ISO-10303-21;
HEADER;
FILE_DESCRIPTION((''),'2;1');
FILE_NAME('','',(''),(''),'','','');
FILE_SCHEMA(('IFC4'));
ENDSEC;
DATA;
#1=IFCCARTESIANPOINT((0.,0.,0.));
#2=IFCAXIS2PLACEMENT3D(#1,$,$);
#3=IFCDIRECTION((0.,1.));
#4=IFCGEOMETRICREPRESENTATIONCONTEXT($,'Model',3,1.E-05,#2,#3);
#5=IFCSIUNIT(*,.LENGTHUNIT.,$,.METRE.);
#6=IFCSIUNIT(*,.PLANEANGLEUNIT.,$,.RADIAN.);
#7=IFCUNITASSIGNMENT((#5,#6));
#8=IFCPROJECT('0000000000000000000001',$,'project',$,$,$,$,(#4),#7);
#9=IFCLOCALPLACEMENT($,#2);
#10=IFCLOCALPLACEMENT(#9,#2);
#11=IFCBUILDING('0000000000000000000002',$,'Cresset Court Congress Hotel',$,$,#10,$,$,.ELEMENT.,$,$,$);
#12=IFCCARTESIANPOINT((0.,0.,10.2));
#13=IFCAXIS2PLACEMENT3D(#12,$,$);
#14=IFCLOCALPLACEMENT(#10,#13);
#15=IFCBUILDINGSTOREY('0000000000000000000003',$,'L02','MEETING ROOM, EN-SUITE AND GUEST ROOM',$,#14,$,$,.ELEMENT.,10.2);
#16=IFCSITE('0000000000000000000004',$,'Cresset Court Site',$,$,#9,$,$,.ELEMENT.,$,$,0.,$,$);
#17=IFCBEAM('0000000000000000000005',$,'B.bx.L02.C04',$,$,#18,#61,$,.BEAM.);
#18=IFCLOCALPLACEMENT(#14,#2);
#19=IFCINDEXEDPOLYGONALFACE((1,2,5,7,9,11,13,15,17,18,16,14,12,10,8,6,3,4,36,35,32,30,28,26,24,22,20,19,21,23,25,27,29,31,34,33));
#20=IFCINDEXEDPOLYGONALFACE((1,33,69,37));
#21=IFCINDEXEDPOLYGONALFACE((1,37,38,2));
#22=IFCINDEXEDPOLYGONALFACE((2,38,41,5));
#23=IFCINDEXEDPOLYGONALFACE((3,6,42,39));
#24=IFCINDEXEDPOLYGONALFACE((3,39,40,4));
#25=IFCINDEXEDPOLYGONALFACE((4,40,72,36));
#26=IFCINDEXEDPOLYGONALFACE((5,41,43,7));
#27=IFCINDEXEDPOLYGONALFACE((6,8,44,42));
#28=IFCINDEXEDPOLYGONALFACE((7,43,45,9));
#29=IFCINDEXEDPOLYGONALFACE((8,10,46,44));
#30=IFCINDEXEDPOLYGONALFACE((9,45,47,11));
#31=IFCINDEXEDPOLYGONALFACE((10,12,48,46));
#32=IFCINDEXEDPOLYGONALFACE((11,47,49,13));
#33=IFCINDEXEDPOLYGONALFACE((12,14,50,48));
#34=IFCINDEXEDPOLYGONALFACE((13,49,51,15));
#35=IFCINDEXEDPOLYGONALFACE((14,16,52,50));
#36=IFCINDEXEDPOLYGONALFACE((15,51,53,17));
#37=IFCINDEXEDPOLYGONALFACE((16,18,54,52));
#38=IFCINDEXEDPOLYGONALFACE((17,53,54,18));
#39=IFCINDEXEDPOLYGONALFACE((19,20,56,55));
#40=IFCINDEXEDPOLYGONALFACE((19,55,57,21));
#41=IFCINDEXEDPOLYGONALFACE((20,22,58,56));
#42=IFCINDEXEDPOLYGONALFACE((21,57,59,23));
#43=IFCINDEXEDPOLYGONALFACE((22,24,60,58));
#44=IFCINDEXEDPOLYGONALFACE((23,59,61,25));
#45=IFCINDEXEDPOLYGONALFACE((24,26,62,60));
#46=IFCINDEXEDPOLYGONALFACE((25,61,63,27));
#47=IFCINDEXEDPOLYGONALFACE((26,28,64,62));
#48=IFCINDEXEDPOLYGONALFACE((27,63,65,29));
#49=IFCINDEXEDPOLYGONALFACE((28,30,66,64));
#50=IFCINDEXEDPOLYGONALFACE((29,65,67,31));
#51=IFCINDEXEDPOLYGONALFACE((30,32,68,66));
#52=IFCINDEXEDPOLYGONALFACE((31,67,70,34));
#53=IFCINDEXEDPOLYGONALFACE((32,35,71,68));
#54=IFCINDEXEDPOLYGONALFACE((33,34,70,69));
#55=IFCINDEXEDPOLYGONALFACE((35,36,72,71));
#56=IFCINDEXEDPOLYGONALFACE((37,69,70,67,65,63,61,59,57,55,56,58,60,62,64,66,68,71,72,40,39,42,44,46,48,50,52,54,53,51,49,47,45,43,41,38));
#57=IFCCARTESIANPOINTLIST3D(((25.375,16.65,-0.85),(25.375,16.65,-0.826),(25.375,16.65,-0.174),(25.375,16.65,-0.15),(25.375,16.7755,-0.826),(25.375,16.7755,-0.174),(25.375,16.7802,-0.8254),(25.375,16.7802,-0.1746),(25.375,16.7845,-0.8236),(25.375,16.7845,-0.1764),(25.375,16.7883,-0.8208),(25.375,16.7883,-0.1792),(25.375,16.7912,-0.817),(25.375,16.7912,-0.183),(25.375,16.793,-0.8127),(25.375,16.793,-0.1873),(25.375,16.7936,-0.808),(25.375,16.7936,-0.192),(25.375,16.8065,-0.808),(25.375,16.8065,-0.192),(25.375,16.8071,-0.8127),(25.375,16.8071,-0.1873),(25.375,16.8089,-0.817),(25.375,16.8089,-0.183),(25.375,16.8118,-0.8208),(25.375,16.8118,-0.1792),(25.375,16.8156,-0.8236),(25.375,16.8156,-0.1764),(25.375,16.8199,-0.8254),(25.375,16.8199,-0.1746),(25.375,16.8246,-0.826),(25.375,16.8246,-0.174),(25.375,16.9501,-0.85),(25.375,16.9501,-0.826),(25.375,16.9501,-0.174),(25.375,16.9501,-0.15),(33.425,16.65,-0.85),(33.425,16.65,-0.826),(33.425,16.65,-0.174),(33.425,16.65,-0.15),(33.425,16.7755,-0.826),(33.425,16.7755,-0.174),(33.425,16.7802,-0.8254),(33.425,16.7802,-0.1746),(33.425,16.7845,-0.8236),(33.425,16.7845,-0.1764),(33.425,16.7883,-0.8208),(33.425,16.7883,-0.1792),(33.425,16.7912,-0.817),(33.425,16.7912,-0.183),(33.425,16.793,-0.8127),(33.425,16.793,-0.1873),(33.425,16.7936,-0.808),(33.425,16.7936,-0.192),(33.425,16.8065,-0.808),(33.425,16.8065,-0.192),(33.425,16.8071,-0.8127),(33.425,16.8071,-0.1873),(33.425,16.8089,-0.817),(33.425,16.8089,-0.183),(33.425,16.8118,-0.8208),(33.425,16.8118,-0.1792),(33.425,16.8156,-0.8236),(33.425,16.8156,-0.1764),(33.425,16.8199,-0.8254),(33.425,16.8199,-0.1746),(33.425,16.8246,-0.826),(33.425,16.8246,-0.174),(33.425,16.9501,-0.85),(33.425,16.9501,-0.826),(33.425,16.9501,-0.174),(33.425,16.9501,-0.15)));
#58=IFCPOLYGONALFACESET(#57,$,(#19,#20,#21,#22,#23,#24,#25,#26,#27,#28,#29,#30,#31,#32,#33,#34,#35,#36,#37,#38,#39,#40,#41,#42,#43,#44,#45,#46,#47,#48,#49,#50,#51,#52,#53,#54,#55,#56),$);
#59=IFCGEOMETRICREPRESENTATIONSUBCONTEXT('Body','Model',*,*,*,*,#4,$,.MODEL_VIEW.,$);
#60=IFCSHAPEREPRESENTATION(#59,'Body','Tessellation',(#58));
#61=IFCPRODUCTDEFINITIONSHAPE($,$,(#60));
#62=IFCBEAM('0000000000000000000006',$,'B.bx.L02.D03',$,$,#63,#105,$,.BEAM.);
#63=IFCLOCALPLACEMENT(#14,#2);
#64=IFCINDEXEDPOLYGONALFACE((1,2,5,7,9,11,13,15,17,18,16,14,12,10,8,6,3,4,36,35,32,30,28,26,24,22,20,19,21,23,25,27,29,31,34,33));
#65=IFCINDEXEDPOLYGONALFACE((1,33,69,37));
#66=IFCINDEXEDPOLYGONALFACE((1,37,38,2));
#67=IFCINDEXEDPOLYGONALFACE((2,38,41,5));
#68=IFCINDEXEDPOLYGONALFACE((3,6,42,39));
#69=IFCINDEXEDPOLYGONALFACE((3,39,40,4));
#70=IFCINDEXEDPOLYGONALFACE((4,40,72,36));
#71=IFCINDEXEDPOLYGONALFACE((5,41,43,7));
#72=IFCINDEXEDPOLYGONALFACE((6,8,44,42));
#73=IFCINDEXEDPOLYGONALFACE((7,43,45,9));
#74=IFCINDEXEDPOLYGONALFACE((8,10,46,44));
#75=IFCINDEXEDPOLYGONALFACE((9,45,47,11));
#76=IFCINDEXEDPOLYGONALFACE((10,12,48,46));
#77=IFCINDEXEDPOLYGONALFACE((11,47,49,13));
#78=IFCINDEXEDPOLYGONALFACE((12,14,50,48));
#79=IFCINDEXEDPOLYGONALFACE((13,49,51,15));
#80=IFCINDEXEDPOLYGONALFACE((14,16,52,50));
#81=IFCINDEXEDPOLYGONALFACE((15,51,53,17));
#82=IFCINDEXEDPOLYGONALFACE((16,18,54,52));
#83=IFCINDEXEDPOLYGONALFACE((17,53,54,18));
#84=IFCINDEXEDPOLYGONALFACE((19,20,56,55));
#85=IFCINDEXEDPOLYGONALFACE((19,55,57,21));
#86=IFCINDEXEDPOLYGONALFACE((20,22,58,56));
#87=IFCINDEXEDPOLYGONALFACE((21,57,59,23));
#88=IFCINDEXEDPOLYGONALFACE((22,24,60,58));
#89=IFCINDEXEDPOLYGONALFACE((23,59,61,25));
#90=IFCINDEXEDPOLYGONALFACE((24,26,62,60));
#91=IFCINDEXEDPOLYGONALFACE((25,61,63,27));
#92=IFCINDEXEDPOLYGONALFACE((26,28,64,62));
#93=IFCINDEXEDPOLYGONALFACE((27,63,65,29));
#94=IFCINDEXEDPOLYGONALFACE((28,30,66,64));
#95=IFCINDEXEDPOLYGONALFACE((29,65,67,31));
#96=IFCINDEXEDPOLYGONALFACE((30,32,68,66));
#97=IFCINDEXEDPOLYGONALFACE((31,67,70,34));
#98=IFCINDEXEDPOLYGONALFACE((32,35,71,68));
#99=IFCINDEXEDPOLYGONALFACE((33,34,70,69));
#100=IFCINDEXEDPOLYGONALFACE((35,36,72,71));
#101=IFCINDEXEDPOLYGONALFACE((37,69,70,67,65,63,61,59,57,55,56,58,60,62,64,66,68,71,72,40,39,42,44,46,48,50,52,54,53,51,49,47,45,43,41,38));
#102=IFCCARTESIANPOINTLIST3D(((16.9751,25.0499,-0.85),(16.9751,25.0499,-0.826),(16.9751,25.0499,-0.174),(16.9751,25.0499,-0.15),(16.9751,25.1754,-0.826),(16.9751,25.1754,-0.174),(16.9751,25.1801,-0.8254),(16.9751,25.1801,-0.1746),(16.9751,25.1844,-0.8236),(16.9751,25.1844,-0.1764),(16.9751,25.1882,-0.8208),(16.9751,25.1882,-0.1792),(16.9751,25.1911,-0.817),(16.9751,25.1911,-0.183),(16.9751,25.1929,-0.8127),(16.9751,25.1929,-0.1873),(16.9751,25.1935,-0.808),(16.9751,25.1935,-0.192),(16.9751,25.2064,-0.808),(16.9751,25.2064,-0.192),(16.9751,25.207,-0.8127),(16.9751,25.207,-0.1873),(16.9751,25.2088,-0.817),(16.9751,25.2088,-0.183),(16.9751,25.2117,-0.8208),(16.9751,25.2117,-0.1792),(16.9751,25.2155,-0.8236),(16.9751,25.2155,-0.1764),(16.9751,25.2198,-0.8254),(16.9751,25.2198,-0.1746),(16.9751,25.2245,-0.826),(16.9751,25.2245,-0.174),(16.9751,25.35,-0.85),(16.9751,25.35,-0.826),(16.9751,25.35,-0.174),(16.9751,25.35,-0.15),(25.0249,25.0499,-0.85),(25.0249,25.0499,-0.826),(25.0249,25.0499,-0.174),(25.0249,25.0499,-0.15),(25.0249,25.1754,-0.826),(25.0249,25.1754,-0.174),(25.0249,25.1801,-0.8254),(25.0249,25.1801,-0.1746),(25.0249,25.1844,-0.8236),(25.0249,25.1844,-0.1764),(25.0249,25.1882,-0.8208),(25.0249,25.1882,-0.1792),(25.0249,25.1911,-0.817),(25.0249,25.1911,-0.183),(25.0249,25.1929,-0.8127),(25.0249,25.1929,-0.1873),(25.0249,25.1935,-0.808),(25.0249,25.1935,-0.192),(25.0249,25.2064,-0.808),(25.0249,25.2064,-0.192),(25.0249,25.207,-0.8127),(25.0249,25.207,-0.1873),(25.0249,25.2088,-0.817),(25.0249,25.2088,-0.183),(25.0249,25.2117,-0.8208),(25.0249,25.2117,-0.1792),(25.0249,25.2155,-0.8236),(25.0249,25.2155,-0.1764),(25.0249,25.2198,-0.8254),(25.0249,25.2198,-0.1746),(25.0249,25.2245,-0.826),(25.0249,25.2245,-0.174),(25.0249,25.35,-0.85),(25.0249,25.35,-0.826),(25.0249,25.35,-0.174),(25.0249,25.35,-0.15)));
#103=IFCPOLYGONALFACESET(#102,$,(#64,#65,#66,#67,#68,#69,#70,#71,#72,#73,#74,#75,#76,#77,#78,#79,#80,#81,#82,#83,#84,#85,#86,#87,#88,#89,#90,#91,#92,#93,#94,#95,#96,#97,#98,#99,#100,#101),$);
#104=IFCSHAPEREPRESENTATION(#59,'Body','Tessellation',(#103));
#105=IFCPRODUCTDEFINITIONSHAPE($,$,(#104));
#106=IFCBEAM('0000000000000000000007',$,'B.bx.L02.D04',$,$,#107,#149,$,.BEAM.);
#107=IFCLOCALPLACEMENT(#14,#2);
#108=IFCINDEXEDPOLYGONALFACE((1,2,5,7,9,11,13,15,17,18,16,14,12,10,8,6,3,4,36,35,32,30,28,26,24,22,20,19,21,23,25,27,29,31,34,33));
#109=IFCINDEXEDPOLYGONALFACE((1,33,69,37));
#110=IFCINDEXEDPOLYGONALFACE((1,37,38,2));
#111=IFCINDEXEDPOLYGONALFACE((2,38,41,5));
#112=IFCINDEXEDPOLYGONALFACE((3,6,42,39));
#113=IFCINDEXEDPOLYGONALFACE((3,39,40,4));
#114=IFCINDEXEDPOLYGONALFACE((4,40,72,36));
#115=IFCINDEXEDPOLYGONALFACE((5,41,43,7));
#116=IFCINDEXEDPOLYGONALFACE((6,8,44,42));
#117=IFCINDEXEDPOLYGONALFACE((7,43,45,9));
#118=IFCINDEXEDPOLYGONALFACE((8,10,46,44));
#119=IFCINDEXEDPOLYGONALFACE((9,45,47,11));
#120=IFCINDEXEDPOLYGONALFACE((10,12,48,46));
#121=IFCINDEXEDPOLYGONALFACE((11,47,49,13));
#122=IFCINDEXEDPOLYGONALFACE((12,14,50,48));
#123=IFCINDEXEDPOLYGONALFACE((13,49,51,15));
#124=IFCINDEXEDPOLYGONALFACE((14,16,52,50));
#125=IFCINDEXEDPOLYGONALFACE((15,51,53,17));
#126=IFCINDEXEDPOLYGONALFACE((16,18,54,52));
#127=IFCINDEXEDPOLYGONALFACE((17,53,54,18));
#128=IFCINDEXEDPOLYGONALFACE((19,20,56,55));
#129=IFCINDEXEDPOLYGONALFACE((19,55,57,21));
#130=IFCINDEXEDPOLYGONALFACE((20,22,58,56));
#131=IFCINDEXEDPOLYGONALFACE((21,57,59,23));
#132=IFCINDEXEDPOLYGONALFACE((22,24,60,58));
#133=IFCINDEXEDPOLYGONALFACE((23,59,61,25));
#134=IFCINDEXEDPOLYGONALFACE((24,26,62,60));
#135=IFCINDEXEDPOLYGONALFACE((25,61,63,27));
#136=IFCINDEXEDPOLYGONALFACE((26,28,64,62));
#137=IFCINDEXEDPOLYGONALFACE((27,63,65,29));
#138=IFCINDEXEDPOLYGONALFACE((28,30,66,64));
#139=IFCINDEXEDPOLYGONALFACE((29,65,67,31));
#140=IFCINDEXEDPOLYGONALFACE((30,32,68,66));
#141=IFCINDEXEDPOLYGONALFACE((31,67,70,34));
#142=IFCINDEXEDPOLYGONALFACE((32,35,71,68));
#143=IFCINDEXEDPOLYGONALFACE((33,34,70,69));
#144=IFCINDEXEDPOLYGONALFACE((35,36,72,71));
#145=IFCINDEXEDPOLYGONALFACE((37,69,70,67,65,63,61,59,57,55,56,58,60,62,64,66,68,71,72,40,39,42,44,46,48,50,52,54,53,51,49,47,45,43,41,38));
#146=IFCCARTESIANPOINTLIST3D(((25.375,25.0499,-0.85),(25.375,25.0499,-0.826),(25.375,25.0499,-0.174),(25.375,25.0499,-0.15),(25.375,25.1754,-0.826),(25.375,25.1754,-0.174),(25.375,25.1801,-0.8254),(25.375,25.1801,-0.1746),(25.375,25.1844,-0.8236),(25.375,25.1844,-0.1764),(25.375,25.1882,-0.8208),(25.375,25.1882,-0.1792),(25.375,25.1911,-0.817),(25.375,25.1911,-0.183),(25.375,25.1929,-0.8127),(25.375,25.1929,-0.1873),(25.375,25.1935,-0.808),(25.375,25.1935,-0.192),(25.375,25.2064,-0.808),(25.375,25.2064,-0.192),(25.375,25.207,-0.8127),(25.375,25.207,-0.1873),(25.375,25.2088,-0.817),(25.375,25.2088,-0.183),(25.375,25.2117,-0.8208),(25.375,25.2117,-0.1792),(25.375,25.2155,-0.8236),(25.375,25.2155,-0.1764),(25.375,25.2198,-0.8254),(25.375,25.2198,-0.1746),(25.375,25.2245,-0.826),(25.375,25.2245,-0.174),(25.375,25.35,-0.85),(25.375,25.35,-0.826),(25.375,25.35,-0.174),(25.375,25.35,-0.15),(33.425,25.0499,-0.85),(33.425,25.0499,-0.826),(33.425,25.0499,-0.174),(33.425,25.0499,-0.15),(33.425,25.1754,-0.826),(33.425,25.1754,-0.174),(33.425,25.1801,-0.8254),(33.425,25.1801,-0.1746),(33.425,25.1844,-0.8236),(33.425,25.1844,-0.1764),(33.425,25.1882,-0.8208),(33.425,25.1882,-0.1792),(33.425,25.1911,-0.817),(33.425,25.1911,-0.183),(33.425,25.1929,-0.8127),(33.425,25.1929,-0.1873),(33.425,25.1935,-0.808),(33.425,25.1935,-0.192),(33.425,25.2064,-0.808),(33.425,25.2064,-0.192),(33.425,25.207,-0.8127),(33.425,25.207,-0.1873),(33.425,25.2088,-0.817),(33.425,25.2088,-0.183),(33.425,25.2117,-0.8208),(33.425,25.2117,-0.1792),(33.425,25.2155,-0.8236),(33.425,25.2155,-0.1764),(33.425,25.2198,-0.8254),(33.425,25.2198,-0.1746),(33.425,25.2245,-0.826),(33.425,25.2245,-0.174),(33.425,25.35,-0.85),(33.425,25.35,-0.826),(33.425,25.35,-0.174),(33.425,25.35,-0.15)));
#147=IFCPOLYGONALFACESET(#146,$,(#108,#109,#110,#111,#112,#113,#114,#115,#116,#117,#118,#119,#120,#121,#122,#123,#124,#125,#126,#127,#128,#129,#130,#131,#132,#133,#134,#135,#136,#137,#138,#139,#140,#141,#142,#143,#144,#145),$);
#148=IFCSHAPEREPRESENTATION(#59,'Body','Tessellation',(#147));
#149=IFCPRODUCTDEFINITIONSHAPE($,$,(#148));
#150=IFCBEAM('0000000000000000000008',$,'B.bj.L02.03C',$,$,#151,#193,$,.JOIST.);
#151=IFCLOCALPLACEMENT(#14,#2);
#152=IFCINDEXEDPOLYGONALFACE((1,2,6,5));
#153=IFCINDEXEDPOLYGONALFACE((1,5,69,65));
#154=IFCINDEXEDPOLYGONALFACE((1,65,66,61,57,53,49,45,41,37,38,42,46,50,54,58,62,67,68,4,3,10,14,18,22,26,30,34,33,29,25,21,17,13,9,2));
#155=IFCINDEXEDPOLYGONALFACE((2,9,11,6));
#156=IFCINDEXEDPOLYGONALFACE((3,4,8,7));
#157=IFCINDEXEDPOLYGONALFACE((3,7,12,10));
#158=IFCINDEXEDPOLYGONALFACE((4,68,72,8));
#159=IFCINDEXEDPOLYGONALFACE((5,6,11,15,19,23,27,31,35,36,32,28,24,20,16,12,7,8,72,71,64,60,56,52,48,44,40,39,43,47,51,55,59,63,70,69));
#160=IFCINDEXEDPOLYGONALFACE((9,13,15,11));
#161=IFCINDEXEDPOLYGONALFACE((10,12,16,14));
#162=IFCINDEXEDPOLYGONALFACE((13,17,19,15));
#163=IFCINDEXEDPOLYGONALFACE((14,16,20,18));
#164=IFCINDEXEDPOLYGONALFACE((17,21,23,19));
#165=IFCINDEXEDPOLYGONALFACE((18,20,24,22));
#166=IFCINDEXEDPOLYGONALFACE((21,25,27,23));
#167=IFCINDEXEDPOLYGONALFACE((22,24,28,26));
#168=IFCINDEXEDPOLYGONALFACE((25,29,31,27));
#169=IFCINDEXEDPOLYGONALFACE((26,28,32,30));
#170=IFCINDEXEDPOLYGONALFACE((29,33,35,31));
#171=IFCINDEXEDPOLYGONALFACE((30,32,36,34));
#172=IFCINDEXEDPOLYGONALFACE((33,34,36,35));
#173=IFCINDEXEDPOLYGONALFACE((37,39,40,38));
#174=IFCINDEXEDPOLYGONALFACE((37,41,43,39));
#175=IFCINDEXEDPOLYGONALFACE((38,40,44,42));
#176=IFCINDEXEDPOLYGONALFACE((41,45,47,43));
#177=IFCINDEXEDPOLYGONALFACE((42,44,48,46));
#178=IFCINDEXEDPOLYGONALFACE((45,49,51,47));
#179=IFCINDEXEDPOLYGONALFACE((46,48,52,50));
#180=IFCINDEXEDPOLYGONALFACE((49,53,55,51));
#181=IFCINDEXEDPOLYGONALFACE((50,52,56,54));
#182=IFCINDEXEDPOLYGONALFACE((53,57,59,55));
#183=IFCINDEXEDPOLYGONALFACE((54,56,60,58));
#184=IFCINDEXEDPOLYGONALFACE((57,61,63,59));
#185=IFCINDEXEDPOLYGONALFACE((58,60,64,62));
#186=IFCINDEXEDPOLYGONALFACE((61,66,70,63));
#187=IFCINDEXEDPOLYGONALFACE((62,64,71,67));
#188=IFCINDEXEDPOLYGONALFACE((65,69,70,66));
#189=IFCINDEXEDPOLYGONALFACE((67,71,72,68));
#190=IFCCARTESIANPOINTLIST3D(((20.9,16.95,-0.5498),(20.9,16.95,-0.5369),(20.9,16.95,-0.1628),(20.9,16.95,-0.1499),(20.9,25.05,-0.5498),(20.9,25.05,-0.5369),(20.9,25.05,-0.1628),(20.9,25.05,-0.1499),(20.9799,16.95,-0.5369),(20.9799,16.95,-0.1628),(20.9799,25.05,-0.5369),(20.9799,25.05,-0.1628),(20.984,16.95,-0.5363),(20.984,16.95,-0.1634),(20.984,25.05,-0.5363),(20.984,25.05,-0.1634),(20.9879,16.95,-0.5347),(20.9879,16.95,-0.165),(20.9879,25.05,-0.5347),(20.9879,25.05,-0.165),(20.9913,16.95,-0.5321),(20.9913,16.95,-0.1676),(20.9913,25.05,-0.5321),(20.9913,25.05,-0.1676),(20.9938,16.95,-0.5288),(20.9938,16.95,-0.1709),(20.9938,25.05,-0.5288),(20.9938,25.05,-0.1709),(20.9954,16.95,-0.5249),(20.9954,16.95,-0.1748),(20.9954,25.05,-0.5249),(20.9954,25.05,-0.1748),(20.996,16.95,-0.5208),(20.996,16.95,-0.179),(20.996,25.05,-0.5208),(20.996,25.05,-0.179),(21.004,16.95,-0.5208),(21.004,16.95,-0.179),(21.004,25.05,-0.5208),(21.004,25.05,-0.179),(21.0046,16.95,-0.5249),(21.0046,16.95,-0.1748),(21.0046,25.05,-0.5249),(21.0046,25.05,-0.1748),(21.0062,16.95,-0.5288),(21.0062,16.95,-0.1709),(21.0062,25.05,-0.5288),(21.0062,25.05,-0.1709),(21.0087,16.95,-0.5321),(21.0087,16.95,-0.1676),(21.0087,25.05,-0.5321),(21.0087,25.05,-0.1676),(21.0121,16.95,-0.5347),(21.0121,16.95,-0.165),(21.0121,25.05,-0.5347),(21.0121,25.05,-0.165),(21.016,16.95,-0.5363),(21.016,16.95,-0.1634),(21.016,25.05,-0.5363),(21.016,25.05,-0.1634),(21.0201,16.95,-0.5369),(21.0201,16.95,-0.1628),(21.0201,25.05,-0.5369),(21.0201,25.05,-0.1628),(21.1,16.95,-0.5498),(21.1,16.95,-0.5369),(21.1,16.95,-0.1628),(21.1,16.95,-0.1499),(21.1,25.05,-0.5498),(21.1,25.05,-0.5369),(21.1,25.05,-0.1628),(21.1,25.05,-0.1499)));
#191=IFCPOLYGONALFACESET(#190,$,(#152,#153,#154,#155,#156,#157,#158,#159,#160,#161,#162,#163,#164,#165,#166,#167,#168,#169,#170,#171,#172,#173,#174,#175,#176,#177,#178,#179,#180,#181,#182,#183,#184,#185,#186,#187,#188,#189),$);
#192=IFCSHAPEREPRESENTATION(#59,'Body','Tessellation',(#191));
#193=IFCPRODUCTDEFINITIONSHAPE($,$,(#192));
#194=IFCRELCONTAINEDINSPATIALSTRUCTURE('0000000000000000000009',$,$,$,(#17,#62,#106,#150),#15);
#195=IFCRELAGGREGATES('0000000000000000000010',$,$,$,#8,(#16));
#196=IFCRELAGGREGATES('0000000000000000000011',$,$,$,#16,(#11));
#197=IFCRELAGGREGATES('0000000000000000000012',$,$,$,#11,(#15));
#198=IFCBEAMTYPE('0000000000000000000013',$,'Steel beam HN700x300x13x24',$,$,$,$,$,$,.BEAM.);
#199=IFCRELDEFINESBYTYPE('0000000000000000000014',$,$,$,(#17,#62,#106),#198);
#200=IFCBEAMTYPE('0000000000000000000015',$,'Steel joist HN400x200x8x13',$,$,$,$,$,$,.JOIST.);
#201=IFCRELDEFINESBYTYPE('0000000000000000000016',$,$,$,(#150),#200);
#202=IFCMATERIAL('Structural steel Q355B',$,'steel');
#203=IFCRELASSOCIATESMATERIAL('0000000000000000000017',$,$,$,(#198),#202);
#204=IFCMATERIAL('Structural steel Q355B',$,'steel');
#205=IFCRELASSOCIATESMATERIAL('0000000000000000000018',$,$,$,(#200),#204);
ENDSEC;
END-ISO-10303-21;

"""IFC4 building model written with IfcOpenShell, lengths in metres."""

from ifc_helpers import new_model, si_unit, direction, frame, origin, origin_2d, place, context, subcontext, project, spatial, i_section, extrude, material, material_profile, profile_set, type_object, element, save


model = new_model("IFC4")

# Units and contexts
model_context = context("Model", 3, precision=1e-05, world=origin(), true_north=direction((0.0, 1.0)))
body_context = subcontext(model_context, "Body", "Model", "MODEL_VIEW")
ifc_project = project(units=[si_unit("LENGTHUNIT", "METRE"), si_unit("PLANEANGLEUNIT", "RADIAN")], contexts=[model_context])

# Site, building, storey
site_placement = place(None, origin())
site = spatial("IfcSite", under=ifc_project, at=site_placement, Name="Cresset Court Site", CompositionType="ELEMENT", RefElevation=0.0)
building_placement = place(site_placement, origin())
building = spatial("IfcBuilding", under=site, at=building_placement, Name="Cresset Court Congress Hotel", CompositionType="ELEMENT")
storey_placement = place(building_placement, frame((0.0, 0.0, 10.2)))
storey = spatial("IfcBuildingStorey", under=building, at=storey_placement, Name="L02", Description="MEETING ROOM, EN-SUITE AND GUEST ROOM", CompositionType="ELEMENT", Elevation=10.2)

# Beams
ifc_material_1 = material(Name="Structural steel Q355B", Category="steel")
ifc_material_profile_1 = material_profile(ifc_material_1, i_section(OverallWidth=0.3, OverallDepth=0.7, WebThickness=0.0129, FlangeThickness=0.0239, FilletRadius=0.0181, at=origin_2d()), Name="HN700x300x13x24")
ifc_profile_set_1 = profile_set([ifc_material_profile_1], Name="Structural steel Q355B")
beam_type_1 = type_object("IfcBeamType", Name="Steel beam HN700x300x13x24", PredefinedType="BEAM", material=ifc_profile_set_1)
beam_1_placement = place(storey_placement, frame((25.375, 16.8, -0.5), z_axis=(1.0, 0.0, 0.0), x_axis=(0.0, 1.0, 0.0)))
element("IfcBeam", 1, at=beam_1_placement, inside=storey, type_object=beam_type_1, Name="B.bx.L02.C04", PredefinedType="BEAM", context=body_context, shape_type="SweptSolid", body=[
    extrude(i_section(OverallWidth=0.3, OverallDepth=0.7, WebThickness=0.0129, FlangeThickness=0.0239, FilletRadius=0.0181, at=origin_2d()), origin(), (0.0, 0.0, 1.0), 8.05),
])
beam_2_placement = place(storey_placement, frame((16.9751, 25.2, -0.5), z_axis=(1.0, 0.0, 0.0), x_axis=(0.0, 1.0, 0.0)))
element("IfcBeam", 2, at=beam_2_placement, inside=storey, type_object=beam_type_1, Name="B.bx.L02.D03", PredefinedType="BEAM", context=body_context, shape_type="SweptSolid", body=[
    extrude(i_section(OverallWidth=0.3, OverallDepth=0.7, WebThickness=0.0129, FlangeThickness=0.0239, FilletRadius=0.0181, at=origin_2d()), origin(), (0.0, 0.0, 1.0), 8.0498),
])
beam_3_placement = place(storey_placement, frame((25.375, 25.2, -0.5), z_axis=(1.0, 0.0, 0.0), x_axis=(0.0, 1.0, 0.0)))
element("IfcBeam", 3, at=beam_3_placement, inside=storey, type_object=beam_type_1, Name="B.bx.L02.D04", PredefinedType="BEAM", context=body_context, shape_type="SweptSolid", body=[
    extrude(i_section(OverallWidth=0.3, OverallDepth=0.7, WebThickness=0.0129, FlangeThickness=0.0239, FilletRadius=0.0181, at=origin_2d()), origin(), (0.0, 0.0, 1.0), 8.05),
])
ifc_material_2 = material(Name="Structural steel Q355B", Category="steel")
ifc_material_profile_2 = material_profile(ifc_material_2, i_section(OverallWidth=0.2, OverallDepth=0.3999, WebThickness=0.0081, FlangeThickness=0.0129, FilletRadius=0.0161, at=origin_2d()), Name="HN400x200x8x13")
ifc_profile_set_2 = profile_set([ifc_material_profile_2], Name="Structural steel Q355B")
beam_type_2 = type_object("IfcBeamType", Name="Steel joist HN400x200x8x13", PredefinedType="JOIST", material=ifc_profile_set_2)
beam_4_placement = place(storey_placement, frame((21.0, 16.95, -0.3499), z_axis=(0.0, 1.0, 0.0), x_axis=(-1.0, 0.0, 0.0)))
element("IfcBeam", 4, at=beam_4_placement, inside=storey, type_object=beam_type_2, Name="B.bj.L02.03C", PredefinedType="JOIST", context=body_context, shape_type="SweptSolid", body=[
    extrude(i_section(OverallWidth=0.2, OverallDepth=0.3999, WebThickness=0.0081, FlangeThickness=0.0129, FilletRadius=0.0161, at=origin_2d()), origin(), (0.0, 0.0, 1.0), 8.1001),
])

save(model, "model.ifc")
